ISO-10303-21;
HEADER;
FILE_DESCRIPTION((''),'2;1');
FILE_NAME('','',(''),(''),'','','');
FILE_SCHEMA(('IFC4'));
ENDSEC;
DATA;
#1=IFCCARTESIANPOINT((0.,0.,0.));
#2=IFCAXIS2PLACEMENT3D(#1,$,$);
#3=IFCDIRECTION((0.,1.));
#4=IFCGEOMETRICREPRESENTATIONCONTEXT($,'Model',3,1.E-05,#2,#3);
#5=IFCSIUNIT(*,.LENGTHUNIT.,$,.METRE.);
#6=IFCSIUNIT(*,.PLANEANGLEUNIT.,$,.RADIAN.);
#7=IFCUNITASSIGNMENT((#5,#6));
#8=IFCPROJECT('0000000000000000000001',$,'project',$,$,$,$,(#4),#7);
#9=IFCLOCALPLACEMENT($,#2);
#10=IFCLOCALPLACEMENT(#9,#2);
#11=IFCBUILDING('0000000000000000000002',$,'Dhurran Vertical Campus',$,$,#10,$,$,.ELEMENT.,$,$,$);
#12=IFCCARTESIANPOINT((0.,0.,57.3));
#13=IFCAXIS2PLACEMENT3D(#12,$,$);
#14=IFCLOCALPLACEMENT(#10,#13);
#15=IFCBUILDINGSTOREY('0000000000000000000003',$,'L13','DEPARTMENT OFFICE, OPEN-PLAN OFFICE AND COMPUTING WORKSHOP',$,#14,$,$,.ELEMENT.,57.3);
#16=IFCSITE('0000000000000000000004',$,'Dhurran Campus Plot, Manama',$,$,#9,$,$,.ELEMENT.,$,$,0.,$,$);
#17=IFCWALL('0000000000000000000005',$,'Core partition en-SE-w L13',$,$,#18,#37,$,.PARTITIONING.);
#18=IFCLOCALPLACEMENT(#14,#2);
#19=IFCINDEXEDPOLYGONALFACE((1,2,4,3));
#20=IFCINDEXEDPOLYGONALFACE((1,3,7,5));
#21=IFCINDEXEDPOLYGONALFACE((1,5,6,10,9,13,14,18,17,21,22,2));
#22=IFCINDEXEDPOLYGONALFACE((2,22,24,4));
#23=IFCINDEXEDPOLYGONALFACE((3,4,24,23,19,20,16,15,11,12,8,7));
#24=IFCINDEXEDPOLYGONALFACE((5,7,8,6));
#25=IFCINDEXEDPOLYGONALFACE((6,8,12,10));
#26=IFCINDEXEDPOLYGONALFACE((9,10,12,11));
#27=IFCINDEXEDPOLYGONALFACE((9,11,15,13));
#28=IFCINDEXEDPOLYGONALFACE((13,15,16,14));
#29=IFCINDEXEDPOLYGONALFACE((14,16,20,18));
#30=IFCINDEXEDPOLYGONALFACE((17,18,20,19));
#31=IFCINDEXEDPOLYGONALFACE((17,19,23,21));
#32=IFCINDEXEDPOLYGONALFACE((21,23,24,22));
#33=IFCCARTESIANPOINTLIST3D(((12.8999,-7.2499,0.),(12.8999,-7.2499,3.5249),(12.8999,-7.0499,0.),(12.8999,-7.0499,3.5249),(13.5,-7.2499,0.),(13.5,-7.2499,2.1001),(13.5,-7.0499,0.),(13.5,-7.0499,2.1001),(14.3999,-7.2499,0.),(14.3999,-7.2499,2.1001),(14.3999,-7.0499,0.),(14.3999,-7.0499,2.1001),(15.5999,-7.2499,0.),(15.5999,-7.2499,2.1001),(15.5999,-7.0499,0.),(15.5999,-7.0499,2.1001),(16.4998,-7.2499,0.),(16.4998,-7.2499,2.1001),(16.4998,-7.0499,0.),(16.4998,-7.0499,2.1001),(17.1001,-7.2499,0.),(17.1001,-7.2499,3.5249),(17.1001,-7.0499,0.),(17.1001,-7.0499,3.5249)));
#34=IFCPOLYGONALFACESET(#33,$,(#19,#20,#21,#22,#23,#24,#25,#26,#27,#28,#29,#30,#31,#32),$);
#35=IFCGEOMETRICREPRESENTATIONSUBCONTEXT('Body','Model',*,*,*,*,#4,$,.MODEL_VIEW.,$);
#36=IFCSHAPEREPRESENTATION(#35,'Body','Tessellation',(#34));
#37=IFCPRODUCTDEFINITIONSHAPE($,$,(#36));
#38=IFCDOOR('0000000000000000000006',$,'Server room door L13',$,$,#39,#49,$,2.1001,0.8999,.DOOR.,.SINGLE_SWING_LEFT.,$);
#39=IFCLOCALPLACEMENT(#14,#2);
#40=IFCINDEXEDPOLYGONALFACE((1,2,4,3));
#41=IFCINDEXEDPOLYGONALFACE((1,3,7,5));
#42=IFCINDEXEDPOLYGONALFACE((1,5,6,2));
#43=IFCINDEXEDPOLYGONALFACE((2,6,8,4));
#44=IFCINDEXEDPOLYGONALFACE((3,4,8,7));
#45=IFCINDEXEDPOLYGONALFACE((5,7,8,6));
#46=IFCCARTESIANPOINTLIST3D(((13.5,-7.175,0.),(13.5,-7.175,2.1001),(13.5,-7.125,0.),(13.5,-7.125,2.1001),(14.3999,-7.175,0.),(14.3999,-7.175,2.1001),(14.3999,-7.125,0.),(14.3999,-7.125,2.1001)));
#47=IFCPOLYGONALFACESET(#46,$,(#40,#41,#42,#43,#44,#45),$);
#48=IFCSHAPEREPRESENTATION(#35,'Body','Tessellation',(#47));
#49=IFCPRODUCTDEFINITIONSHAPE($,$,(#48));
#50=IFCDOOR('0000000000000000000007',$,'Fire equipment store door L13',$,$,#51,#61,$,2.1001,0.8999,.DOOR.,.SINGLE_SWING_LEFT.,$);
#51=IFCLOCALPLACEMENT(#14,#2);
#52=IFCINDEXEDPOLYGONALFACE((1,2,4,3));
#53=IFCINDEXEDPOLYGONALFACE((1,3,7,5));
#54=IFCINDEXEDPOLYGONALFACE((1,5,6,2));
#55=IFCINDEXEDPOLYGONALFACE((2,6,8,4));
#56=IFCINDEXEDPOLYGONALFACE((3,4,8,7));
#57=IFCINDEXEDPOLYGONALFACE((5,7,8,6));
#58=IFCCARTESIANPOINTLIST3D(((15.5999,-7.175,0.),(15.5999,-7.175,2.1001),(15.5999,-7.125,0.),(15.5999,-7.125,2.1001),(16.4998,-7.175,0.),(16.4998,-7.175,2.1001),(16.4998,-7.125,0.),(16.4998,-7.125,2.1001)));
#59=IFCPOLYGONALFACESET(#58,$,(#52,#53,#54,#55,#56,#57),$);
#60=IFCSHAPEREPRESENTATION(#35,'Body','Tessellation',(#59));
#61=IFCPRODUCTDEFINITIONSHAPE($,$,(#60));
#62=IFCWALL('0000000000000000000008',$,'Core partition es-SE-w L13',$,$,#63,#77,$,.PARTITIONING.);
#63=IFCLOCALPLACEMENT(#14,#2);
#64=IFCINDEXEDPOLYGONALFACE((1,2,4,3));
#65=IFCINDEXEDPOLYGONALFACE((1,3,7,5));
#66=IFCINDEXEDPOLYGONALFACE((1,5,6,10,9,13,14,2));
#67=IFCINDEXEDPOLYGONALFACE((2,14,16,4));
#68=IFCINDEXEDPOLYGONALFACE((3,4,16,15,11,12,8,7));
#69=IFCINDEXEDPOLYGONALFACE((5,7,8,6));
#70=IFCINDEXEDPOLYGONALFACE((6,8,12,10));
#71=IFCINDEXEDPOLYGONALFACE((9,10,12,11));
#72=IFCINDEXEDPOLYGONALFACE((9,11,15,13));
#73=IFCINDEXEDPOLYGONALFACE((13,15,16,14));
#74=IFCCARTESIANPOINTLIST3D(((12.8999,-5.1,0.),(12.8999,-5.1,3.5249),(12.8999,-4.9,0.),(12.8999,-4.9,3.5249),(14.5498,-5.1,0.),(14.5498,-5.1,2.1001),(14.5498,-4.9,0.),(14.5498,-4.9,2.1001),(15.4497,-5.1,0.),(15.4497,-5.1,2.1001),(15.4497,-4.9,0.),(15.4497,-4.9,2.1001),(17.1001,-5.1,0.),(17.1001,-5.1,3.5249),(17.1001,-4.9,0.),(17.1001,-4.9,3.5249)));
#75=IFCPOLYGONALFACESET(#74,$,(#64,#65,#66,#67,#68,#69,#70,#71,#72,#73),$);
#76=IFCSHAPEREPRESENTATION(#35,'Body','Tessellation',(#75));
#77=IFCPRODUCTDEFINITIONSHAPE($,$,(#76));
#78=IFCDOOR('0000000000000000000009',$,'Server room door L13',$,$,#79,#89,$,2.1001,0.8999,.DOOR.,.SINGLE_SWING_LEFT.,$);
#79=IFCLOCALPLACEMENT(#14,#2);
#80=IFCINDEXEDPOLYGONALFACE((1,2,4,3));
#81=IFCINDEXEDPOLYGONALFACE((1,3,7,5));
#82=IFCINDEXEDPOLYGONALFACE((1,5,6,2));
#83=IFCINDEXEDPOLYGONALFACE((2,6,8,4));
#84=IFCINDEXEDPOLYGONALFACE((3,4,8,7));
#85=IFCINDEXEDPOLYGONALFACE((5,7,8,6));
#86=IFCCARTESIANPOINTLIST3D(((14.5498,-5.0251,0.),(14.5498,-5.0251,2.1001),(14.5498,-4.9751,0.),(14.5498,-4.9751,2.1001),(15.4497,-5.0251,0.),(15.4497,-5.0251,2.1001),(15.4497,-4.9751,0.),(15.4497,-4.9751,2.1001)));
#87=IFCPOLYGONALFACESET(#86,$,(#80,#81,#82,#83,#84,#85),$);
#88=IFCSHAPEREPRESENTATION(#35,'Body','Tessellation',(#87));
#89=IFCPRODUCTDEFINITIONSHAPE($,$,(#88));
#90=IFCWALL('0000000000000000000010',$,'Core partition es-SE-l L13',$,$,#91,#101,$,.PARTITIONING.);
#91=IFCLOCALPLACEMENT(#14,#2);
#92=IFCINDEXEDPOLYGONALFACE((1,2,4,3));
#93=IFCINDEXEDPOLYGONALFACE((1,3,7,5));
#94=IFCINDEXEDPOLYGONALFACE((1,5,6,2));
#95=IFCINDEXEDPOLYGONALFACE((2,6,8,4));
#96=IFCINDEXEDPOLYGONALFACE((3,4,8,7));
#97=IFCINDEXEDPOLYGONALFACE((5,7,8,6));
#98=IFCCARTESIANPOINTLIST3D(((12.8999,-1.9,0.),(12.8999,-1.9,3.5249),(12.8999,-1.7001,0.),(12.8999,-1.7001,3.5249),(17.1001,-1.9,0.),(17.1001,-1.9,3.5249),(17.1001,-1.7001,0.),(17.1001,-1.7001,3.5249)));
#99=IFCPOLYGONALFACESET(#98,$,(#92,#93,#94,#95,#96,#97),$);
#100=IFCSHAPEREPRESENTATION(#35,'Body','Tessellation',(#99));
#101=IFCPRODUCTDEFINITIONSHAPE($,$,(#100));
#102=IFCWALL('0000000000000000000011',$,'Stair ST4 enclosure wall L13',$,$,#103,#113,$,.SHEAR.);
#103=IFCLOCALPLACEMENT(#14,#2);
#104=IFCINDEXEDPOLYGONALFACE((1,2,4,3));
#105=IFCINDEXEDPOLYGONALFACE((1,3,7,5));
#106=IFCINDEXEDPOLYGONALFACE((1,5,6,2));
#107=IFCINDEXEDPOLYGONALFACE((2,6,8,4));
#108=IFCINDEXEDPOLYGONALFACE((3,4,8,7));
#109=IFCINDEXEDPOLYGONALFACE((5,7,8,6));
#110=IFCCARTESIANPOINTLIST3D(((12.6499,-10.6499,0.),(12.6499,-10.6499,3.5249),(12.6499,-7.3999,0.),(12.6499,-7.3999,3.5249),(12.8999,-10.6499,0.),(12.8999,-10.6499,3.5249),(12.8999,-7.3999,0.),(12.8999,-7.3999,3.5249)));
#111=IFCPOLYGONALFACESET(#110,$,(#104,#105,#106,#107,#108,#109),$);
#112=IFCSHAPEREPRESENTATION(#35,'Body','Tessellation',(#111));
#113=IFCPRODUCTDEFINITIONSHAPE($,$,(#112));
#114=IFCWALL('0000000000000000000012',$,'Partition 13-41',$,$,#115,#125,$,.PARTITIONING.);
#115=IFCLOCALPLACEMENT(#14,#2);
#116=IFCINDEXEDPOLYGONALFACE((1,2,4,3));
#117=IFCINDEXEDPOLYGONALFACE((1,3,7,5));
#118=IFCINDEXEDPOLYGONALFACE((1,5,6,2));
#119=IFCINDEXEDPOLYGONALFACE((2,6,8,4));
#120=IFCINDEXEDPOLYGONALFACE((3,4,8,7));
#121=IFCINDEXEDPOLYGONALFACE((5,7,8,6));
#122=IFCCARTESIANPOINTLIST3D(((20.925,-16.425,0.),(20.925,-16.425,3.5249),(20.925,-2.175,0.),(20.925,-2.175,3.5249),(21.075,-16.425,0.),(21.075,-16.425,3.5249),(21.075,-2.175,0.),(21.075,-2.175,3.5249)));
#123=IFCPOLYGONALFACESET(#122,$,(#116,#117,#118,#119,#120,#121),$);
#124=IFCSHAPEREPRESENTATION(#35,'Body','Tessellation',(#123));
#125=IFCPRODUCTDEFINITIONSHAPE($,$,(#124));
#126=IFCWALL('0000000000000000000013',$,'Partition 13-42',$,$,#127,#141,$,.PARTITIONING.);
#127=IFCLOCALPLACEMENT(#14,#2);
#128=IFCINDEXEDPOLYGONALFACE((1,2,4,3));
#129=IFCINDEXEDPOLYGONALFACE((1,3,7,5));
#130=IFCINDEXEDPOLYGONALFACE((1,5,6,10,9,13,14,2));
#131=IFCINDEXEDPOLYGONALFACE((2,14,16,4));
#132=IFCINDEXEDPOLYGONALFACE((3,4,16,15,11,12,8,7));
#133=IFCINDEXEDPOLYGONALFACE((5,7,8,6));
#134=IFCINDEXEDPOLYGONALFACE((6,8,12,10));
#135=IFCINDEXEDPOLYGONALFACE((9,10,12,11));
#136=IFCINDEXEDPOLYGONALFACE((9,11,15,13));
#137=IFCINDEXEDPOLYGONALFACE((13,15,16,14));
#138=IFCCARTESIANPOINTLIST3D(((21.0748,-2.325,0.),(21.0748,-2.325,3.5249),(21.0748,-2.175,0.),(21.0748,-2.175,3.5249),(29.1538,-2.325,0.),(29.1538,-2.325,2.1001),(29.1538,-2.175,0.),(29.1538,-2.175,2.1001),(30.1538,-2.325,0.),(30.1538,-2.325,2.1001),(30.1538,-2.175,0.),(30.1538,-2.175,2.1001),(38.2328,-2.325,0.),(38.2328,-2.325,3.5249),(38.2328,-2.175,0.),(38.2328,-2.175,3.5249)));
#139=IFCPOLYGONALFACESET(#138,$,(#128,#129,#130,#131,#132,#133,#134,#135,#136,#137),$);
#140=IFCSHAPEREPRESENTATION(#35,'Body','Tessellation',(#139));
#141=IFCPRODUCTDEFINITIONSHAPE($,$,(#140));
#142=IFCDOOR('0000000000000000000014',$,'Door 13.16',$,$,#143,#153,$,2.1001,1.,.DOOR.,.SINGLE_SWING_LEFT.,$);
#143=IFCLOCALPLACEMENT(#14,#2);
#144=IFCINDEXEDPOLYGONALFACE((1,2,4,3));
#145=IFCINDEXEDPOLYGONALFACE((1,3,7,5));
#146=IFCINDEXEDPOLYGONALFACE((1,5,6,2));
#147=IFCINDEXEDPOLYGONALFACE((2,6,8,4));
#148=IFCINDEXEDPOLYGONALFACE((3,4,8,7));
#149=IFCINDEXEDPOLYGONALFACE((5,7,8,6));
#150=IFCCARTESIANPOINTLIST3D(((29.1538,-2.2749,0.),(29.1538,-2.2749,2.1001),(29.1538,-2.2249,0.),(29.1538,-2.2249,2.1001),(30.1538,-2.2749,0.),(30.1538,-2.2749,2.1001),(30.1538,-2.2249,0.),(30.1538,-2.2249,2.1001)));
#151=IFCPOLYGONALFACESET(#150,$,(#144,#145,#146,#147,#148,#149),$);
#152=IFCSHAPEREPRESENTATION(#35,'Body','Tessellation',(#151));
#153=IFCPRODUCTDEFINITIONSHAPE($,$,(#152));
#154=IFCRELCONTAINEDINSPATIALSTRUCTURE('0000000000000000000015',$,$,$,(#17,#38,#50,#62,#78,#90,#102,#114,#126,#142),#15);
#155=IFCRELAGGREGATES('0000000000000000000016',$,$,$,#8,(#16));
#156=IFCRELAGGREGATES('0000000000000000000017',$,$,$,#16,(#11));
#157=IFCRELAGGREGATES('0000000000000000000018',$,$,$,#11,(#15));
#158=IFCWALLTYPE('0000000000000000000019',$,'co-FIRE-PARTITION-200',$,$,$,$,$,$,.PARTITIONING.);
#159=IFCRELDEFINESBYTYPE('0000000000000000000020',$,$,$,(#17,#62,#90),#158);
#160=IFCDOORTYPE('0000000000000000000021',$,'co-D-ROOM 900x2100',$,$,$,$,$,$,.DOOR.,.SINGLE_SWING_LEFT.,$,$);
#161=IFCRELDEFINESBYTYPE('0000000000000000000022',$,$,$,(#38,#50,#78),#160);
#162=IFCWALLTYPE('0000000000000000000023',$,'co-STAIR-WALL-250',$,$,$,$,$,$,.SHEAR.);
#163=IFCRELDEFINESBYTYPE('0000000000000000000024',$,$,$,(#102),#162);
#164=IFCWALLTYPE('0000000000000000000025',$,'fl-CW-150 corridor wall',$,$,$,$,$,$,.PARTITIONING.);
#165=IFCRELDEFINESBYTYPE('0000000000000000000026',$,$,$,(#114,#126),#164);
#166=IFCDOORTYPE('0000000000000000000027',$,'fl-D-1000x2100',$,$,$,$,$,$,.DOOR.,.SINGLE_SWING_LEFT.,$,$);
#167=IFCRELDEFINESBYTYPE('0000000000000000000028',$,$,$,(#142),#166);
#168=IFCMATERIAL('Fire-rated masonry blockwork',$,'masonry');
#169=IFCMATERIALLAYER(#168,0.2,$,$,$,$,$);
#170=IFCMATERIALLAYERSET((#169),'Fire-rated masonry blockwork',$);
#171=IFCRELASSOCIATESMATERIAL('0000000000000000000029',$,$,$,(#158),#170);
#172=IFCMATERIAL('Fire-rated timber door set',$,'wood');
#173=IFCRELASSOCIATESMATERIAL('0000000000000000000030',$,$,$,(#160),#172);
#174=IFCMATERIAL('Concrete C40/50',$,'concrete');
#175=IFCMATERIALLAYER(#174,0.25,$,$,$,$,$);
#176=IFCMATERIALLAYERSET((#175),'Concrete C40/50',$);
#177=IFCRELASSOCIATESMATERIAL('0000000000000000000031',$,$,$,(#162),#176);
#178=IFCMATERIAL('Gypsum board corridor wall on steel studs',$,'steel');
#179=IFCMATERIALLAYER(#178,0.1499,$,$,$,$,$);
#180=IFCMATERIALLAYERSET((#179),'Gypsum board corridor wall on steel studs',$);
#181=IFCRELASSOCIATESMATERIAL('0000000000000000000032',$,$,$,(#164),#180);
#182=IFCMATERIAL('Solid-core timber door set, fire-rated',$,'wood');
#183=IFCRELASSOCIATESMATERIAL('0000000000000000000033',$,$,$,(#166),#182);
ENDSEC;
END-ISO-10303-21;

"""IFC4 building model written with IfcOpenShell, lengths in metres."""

from ifc_helpers import new_model, si_unit, direction, frame, frame_2d, origin, place, context, subcontext, project, spatial, rectangle, extrude, material, layer, layer_set, type_object, element, fill, save


model = new_model("IFC4")

# Units and contexts
model_context = context("Model", 3, precision=1e-05, world=origin(), true_north=direction((0.0, 1.0)))
body_context = subcontext(model_context, "Body", "Model", "MODEL_VIEW")
ifc_project = project(units=[si_unit("LENGTHUNIT", "METRE"), si_unit("PLANEANGLEUNIT", "RADIAN")], contexts=[model_context])

# Site, building, storey
site_placement = place(None, origin())
site = spatial("IfcSite", under=ifc_project, at=site_placement, Name="Dhurran Campus Plot, Manama", CompositionType="ELEMENT", RefElevation=0.0)
building_placement = place(site_placement, origin())
building = spatial("IfcBuilding", under=site, at=building_placement, Name="Dhurran Vertical Campus", CompositionType="ELEMENT")
storey_placement = place(building_placement, frame((0.0, 0.0, 57.3)))
storey = spatial("IfcBuildingStorey", under=building, at=storey_placement, Name="L13", Description="DEPARTMENT OFFICE, OPEN-PLAN OFFICE AND COMPUTING WORKSHOP", CompositionType="ELEMENT", Elevation=57.3)

# Shared definitions
ifc_material_1 = material(Name="Fire-rated masonry blockwork", Category="masonry")
ifc_layer_1 = layer(ifc_material_1, 0.2)
ifc_layer_set_1 = layer_set([ifc_layer_1], Name="Fire-rated masonry blockwork")
wall_type_1 = type_object("IfcWallType", Name="co-FIRE-PARTITION-200", PredefinedType="PARTITIONING", material=ifc_layer_set_1)

# Wall, openings, doors
wall_1_placement = place(storey_placement, frame((12.8999, -7.1499, 0.0), z_axis=(0.0, 0.0, 1.0), x_axis=(1.0, 0.0, 0.0)))
wall_1 = element("IfcWall", 1, at=wall_1_placement, inside=storey, type_object=wall_type_1, Name="Core partition en-SE-w L13", PredefinedType="PARTITIONING", context=body_context, shape_type="SweptSolid", body=[
    extrude(rectangle(XDim=4.2002, YDim=0.2, at=frame_2d((2.1001, 0.0))), origin(), (0.0, 0.0, 1.0), 3.5249),
])
opening_1_placement = place(wall_1_placement, frame((0.6001, 0.0, 0.0)))
opening_1 = element("IfcOpeningElement", 2, at=opening_1_placement, cuts=wall_1, PredefinedType="OPENING", context=body_context, shape_type="SweptSolid", body=[
    extrude(rectangle(XDim=0.8999, YDim=2.1001, at=frame_2d((0.45, 1.05))), frame((0.0, 0.1099, 0.0), z_axis=(0.0, -1.0, 0.0), x_axis=(1.0, 0.0, 0.0)), (0.0, 0.0, 1.0), 0.22),
])
opening_2_placement = place(wall_1_placement, frame((2.7, 0.0, 0.0)))
opening_2 = element("IfcOpeningElement", 3, at=opening_2_placement, cuts=wall_1, PredefinedType="OPENING", context=body_context, shape_type="SweptSolid", body=[
    extrude(rectangle(XDim=0.8999, YDim=2.1001, at=frame_2d((0.45, 1.05))), frame((0.0, 0.1099, 0.0), z_axis=(0.0, -1.0, 0.0), x_axis=(1.0, 0.0, 0.0)), (0.0, 0.0, 1.0), 0.22),
])
ifc_material_2 = material(Name="Fire-rated timber door set", Category="wood")
door_type_1 = type_object("IfcDoorType", Name="co-D-ROOM 900x2100", OperationType="SINGLE_SWING_LEFT", PredefinedType="DOOR", material=ifc_material_2)
door_1_placement = place(opening_1_placement, origin())
door_1 = element("IfcDoor", 4, at=door_1_placement, inside=storey, type_object=door_type_1, Name="Server room door L13", OperationType="SINGLE_SWING_LEFT", OverallHeight=2.1001, OverallWidth=0.8999, PredefinedType="DOOR", context=body_context, shape_type="SweptSolid", body=[
    extrude(rectangle(XDim=0.8999, YDim=2.1001, at=frame_2d((0.45, 1.05))), frame((0.0, 0.0249, 0.0), z_axis=(0.0, -1.0, 0.0), x_axis=(1.0, 0.0, 0.0)), (0.0, 0.0, 1.0), 0.05),
])
fill(opening_1, door_1)
door_2_placement = place(opening_2_placement, origin())
door_2 = element("IfcDoor", 5, at=door_2_placement, inside=storey, type_object=door_type_1, Name="Fire equipment store door L13", OperationType="SINGLE_SWING_LEFT", OverallHeight=2.1001, OverallWidth=0.8999, PredefinedType="DOOR", context=body_context, shape_type="SweptSolid", body=[
    extrude(rectangle(XDim=0.8999, YDim=2.1001, at=frame_2d((0.45, 1.05))), frame((0.0, 0.0249, 0.0), z_axis=(0.0, -1.0, 0.0), x_axis=(1.0, 0.0, 0.0)), (0.0, 0.0, 1.0), 0.05),
])
fill(opening_2, door_2)

# Wall, opening, door
wall_2_placement = place(storey_placement, frame((12.8999, -5.0, 0.0), z_axis=(0.0, 0.0, 1.0), x_axis=(1.0, 0.0, 0.0)))
wall_2 = element("IfcWall", 6, at=wall_2_placement, inside=storey, type_object=wall_type_1, Name="Core partition es-SE-w L13", PredefinedType="PARTITIONING", context=body_context, shape_type="SweptSolid", body=[
    extrude(rectangle(XDim=4.2002, YDim=0.2, at=frame_2d((2.1001, 0.0))), origin(), (0.0, 0.0, 1.0), 3.5249),
])
opening_3_placement = place(wall_2_placement, frame((1.6499, 0.0, 0.0)))
opening_3 = element("IfcOpeningElement", 7, at=opening_3_placement, cuts=wall_2, PredefinedType="OPENING", context=body_context, shape_type="SweptSolid", body=[
    extrude(rectangle(XDim=0.8999, YDim=2.1001, at=frame_2d((0.45, 1.05))), frame((0.0, 0.1099, 0.0), z_axis=(0.0, -1.0, 0.0), x_axis=(1.0, 0.0, 0.0)), (0.0, 0.0, 1.0), 0.22),
])
door_3_placement = place(opening_3_placement, origin())
door_3 = element("IfcDoor", 8, at=door_3_placement, inside=storey, type_object=door_type_1, Name="Server room door L13", OperationType="SINGLE_SWING_LEFT", OverallHeight=2.1001, OverallWidth=0.8999, PredefinedType="DOOR", context=body_context, shape_type="SweptSolid", body=[
    extrude(rectangle(XDim=0.8999, YDim=2.1001, at=frame_2d((0.45, 1.05))), frame((0.0, 0.0249, 0.0), z_axis=(0.0, -1.0, 0.0), x_axis=(1.0, 0.0, 0.0)), (0.0, 0.0, 1.0), 0.05),
])
fill(opening_3, door_3)

# Walls
wall_3_placement = place(storey_placement, frame((12.8999, -1.8, 0.0), z_axis=(0.0, 0.0, 1.0), x_axis=(1.0, 0.0, 0.0)))
element("IfcWall", 9, at=wall_3_placement, inside=storey, type_object=wall_type_1, Name="Core partition es-SE-l L13", PredefinedType="PARTITIONING", context=body_context, shape_type="SweptSolid", body=[
    extrude(rectangle(XDim=4.2002, YDim=0.2, at=frame_2d((2.1001, 0.0))), origin(), (0.0, 0.0, 1.0), 3.5249),
])
ifc_material_3 = material(Name="Concrete C40/50", Category="concrete")
ifc_layer_2 = layer(ifc_material_3, 0.25)
ifc_layer_set_2 = layer_set([ifc_layer_2], Name="Concrete C40/50")
wall_type_2 = type_object("IfcWallType", Name="co-STAIR-WALL-250", PredefinedType="SHEAR", material=ifc_layer_set_2)
wall_4_placement = place(storey_placement, frame((12.7749, -10.6499, 0.0), z_axis=(0.0, 0.0, 1.0), x_axis=(0.0, 1.0, 0.0)))
element("IfcWall", 10, at=wall_4_placement, inside=storey, type_object=wall_type_2, Name="Stair ST4 enclosure wall L13", PredefinedType="SHEAR", context=body_context, shape_type="SweptSolid", body=[
    extrude(rectangle(XDim=3.25, YDim=0.25, at=frame_2d((1.625, 0.0))), origin(), (0.0, 0.0, 1.0), 3.5249),
])
ifc_material_4 = material(Name="Gypsum board corridor wall on steel studs", Category="steel")
ifc_layer_3 = layer(ifc_material_4, 0.1499)
ifc_layer_set_3 = layer_set([ifc_layer_3], Name="Gypsum board corridor wall on steel studs")
wall_type_3 = type_object("IfcWallType", Name="fl-CW-150 corridor wall", PredefinedType="PARTITIONING", material=ifc_layer_set_3)
wall_5_placement = place(storey_placement, frame((21.0, -16.425, 0.0), z_axis=(0.0, 0.0, 1.0), x_axis=(0.0, 1.0, 0.0)))
element("IfcWall", 11, at=wall_5_placement, inside=storey, type_object=wall_type_3, Name="Partition 13-41", PredefinedType="PARTITIONING", context=body_context, shape_type="SweptSolid", body=[
    extrude(rectangle(XDim=14.25, YDim=0.1499, at=frame_2d((7.125, 0.0))), origin(), (0.0, 0.0, 1.0), 3.5249),
])

# Wall, opening, door
wall_6_placement = place(storey_placement, frame((38.2329, -2.25, 0.0), z_axis=(0.0, 0.0, 1.0), x_axis=(-1.0, 0.0, 0.0)))
wall_6 = element("IfcWall", 12, at=wall_6_placement, inside=storey, type_object=wall_type_3, Name="Partition 13-42", PredefinedType="PARTITIONING", context=body_context, shape_type="SweptSolid", body=[
    extrude(rectangle(XDim=17.158, YDim=0.1499, at=frame_2d((8.5791, 0.0))), origin(), (0.0, 0.0, 1.0), 3.5249),
])
opening_4_placement = place(wall_6_placement, frame((8.0791, 0.0, 0.0)))
opening_4 = element("IfcOpeningElement", 13, at=opening_4_placement, cuts=wall_6, PredefinedType="OPENING", context=body_context, shape_type="SweptSolid", body=[
    extrude(rectangle(XDim=1.0, YDim=2.1001, at=frame_2d((0.5, 1.05))), frame((0.0, 0.085, 0.0), z_axis=(0.0, -1.0, 0.0), x_axis=(1.0, 0.0, 0.0)), (0.0, 0.0, 1.0), 0.1699),
])
ifc_material_5 = material(Name="Solid-core timber door set, fire-rated", Category="wood")
door_type_2 = type_object("IfcDoorType", Name="fl-D-1000x2100", OperationType="SINGLE_SWING_LEFT", PredefinedType="DOOR", material=ifc_material_5)
door_4_placement = place(opening_4_placement, origin())
door_4 = element("IfcDoor", 14, at=door_4_placement, inside=storey, type_object=door_type_2, Name="Door 13.16", OperationType="SINGLE_SWING_LEFT", OverallHeight=2.1001, OverallWidth=1.0, PredefinedType="DOOR", context=body_context, shape_type="SweptSolid", body=[
    extrude(rectangle(XDim=1.0, YDim=2.1001, at=frame_2d((0.5, 1.05))), frame((0.0, 0.0249, 0.0), z_axis=(0.0, -1.0, 0.0), x_axis=(1.0, 0.0, 0.0)), (0.0, 0.0, 1.0), 0.05),
])
fill(opening_4, door_4)

save(model, "model.ifc")
